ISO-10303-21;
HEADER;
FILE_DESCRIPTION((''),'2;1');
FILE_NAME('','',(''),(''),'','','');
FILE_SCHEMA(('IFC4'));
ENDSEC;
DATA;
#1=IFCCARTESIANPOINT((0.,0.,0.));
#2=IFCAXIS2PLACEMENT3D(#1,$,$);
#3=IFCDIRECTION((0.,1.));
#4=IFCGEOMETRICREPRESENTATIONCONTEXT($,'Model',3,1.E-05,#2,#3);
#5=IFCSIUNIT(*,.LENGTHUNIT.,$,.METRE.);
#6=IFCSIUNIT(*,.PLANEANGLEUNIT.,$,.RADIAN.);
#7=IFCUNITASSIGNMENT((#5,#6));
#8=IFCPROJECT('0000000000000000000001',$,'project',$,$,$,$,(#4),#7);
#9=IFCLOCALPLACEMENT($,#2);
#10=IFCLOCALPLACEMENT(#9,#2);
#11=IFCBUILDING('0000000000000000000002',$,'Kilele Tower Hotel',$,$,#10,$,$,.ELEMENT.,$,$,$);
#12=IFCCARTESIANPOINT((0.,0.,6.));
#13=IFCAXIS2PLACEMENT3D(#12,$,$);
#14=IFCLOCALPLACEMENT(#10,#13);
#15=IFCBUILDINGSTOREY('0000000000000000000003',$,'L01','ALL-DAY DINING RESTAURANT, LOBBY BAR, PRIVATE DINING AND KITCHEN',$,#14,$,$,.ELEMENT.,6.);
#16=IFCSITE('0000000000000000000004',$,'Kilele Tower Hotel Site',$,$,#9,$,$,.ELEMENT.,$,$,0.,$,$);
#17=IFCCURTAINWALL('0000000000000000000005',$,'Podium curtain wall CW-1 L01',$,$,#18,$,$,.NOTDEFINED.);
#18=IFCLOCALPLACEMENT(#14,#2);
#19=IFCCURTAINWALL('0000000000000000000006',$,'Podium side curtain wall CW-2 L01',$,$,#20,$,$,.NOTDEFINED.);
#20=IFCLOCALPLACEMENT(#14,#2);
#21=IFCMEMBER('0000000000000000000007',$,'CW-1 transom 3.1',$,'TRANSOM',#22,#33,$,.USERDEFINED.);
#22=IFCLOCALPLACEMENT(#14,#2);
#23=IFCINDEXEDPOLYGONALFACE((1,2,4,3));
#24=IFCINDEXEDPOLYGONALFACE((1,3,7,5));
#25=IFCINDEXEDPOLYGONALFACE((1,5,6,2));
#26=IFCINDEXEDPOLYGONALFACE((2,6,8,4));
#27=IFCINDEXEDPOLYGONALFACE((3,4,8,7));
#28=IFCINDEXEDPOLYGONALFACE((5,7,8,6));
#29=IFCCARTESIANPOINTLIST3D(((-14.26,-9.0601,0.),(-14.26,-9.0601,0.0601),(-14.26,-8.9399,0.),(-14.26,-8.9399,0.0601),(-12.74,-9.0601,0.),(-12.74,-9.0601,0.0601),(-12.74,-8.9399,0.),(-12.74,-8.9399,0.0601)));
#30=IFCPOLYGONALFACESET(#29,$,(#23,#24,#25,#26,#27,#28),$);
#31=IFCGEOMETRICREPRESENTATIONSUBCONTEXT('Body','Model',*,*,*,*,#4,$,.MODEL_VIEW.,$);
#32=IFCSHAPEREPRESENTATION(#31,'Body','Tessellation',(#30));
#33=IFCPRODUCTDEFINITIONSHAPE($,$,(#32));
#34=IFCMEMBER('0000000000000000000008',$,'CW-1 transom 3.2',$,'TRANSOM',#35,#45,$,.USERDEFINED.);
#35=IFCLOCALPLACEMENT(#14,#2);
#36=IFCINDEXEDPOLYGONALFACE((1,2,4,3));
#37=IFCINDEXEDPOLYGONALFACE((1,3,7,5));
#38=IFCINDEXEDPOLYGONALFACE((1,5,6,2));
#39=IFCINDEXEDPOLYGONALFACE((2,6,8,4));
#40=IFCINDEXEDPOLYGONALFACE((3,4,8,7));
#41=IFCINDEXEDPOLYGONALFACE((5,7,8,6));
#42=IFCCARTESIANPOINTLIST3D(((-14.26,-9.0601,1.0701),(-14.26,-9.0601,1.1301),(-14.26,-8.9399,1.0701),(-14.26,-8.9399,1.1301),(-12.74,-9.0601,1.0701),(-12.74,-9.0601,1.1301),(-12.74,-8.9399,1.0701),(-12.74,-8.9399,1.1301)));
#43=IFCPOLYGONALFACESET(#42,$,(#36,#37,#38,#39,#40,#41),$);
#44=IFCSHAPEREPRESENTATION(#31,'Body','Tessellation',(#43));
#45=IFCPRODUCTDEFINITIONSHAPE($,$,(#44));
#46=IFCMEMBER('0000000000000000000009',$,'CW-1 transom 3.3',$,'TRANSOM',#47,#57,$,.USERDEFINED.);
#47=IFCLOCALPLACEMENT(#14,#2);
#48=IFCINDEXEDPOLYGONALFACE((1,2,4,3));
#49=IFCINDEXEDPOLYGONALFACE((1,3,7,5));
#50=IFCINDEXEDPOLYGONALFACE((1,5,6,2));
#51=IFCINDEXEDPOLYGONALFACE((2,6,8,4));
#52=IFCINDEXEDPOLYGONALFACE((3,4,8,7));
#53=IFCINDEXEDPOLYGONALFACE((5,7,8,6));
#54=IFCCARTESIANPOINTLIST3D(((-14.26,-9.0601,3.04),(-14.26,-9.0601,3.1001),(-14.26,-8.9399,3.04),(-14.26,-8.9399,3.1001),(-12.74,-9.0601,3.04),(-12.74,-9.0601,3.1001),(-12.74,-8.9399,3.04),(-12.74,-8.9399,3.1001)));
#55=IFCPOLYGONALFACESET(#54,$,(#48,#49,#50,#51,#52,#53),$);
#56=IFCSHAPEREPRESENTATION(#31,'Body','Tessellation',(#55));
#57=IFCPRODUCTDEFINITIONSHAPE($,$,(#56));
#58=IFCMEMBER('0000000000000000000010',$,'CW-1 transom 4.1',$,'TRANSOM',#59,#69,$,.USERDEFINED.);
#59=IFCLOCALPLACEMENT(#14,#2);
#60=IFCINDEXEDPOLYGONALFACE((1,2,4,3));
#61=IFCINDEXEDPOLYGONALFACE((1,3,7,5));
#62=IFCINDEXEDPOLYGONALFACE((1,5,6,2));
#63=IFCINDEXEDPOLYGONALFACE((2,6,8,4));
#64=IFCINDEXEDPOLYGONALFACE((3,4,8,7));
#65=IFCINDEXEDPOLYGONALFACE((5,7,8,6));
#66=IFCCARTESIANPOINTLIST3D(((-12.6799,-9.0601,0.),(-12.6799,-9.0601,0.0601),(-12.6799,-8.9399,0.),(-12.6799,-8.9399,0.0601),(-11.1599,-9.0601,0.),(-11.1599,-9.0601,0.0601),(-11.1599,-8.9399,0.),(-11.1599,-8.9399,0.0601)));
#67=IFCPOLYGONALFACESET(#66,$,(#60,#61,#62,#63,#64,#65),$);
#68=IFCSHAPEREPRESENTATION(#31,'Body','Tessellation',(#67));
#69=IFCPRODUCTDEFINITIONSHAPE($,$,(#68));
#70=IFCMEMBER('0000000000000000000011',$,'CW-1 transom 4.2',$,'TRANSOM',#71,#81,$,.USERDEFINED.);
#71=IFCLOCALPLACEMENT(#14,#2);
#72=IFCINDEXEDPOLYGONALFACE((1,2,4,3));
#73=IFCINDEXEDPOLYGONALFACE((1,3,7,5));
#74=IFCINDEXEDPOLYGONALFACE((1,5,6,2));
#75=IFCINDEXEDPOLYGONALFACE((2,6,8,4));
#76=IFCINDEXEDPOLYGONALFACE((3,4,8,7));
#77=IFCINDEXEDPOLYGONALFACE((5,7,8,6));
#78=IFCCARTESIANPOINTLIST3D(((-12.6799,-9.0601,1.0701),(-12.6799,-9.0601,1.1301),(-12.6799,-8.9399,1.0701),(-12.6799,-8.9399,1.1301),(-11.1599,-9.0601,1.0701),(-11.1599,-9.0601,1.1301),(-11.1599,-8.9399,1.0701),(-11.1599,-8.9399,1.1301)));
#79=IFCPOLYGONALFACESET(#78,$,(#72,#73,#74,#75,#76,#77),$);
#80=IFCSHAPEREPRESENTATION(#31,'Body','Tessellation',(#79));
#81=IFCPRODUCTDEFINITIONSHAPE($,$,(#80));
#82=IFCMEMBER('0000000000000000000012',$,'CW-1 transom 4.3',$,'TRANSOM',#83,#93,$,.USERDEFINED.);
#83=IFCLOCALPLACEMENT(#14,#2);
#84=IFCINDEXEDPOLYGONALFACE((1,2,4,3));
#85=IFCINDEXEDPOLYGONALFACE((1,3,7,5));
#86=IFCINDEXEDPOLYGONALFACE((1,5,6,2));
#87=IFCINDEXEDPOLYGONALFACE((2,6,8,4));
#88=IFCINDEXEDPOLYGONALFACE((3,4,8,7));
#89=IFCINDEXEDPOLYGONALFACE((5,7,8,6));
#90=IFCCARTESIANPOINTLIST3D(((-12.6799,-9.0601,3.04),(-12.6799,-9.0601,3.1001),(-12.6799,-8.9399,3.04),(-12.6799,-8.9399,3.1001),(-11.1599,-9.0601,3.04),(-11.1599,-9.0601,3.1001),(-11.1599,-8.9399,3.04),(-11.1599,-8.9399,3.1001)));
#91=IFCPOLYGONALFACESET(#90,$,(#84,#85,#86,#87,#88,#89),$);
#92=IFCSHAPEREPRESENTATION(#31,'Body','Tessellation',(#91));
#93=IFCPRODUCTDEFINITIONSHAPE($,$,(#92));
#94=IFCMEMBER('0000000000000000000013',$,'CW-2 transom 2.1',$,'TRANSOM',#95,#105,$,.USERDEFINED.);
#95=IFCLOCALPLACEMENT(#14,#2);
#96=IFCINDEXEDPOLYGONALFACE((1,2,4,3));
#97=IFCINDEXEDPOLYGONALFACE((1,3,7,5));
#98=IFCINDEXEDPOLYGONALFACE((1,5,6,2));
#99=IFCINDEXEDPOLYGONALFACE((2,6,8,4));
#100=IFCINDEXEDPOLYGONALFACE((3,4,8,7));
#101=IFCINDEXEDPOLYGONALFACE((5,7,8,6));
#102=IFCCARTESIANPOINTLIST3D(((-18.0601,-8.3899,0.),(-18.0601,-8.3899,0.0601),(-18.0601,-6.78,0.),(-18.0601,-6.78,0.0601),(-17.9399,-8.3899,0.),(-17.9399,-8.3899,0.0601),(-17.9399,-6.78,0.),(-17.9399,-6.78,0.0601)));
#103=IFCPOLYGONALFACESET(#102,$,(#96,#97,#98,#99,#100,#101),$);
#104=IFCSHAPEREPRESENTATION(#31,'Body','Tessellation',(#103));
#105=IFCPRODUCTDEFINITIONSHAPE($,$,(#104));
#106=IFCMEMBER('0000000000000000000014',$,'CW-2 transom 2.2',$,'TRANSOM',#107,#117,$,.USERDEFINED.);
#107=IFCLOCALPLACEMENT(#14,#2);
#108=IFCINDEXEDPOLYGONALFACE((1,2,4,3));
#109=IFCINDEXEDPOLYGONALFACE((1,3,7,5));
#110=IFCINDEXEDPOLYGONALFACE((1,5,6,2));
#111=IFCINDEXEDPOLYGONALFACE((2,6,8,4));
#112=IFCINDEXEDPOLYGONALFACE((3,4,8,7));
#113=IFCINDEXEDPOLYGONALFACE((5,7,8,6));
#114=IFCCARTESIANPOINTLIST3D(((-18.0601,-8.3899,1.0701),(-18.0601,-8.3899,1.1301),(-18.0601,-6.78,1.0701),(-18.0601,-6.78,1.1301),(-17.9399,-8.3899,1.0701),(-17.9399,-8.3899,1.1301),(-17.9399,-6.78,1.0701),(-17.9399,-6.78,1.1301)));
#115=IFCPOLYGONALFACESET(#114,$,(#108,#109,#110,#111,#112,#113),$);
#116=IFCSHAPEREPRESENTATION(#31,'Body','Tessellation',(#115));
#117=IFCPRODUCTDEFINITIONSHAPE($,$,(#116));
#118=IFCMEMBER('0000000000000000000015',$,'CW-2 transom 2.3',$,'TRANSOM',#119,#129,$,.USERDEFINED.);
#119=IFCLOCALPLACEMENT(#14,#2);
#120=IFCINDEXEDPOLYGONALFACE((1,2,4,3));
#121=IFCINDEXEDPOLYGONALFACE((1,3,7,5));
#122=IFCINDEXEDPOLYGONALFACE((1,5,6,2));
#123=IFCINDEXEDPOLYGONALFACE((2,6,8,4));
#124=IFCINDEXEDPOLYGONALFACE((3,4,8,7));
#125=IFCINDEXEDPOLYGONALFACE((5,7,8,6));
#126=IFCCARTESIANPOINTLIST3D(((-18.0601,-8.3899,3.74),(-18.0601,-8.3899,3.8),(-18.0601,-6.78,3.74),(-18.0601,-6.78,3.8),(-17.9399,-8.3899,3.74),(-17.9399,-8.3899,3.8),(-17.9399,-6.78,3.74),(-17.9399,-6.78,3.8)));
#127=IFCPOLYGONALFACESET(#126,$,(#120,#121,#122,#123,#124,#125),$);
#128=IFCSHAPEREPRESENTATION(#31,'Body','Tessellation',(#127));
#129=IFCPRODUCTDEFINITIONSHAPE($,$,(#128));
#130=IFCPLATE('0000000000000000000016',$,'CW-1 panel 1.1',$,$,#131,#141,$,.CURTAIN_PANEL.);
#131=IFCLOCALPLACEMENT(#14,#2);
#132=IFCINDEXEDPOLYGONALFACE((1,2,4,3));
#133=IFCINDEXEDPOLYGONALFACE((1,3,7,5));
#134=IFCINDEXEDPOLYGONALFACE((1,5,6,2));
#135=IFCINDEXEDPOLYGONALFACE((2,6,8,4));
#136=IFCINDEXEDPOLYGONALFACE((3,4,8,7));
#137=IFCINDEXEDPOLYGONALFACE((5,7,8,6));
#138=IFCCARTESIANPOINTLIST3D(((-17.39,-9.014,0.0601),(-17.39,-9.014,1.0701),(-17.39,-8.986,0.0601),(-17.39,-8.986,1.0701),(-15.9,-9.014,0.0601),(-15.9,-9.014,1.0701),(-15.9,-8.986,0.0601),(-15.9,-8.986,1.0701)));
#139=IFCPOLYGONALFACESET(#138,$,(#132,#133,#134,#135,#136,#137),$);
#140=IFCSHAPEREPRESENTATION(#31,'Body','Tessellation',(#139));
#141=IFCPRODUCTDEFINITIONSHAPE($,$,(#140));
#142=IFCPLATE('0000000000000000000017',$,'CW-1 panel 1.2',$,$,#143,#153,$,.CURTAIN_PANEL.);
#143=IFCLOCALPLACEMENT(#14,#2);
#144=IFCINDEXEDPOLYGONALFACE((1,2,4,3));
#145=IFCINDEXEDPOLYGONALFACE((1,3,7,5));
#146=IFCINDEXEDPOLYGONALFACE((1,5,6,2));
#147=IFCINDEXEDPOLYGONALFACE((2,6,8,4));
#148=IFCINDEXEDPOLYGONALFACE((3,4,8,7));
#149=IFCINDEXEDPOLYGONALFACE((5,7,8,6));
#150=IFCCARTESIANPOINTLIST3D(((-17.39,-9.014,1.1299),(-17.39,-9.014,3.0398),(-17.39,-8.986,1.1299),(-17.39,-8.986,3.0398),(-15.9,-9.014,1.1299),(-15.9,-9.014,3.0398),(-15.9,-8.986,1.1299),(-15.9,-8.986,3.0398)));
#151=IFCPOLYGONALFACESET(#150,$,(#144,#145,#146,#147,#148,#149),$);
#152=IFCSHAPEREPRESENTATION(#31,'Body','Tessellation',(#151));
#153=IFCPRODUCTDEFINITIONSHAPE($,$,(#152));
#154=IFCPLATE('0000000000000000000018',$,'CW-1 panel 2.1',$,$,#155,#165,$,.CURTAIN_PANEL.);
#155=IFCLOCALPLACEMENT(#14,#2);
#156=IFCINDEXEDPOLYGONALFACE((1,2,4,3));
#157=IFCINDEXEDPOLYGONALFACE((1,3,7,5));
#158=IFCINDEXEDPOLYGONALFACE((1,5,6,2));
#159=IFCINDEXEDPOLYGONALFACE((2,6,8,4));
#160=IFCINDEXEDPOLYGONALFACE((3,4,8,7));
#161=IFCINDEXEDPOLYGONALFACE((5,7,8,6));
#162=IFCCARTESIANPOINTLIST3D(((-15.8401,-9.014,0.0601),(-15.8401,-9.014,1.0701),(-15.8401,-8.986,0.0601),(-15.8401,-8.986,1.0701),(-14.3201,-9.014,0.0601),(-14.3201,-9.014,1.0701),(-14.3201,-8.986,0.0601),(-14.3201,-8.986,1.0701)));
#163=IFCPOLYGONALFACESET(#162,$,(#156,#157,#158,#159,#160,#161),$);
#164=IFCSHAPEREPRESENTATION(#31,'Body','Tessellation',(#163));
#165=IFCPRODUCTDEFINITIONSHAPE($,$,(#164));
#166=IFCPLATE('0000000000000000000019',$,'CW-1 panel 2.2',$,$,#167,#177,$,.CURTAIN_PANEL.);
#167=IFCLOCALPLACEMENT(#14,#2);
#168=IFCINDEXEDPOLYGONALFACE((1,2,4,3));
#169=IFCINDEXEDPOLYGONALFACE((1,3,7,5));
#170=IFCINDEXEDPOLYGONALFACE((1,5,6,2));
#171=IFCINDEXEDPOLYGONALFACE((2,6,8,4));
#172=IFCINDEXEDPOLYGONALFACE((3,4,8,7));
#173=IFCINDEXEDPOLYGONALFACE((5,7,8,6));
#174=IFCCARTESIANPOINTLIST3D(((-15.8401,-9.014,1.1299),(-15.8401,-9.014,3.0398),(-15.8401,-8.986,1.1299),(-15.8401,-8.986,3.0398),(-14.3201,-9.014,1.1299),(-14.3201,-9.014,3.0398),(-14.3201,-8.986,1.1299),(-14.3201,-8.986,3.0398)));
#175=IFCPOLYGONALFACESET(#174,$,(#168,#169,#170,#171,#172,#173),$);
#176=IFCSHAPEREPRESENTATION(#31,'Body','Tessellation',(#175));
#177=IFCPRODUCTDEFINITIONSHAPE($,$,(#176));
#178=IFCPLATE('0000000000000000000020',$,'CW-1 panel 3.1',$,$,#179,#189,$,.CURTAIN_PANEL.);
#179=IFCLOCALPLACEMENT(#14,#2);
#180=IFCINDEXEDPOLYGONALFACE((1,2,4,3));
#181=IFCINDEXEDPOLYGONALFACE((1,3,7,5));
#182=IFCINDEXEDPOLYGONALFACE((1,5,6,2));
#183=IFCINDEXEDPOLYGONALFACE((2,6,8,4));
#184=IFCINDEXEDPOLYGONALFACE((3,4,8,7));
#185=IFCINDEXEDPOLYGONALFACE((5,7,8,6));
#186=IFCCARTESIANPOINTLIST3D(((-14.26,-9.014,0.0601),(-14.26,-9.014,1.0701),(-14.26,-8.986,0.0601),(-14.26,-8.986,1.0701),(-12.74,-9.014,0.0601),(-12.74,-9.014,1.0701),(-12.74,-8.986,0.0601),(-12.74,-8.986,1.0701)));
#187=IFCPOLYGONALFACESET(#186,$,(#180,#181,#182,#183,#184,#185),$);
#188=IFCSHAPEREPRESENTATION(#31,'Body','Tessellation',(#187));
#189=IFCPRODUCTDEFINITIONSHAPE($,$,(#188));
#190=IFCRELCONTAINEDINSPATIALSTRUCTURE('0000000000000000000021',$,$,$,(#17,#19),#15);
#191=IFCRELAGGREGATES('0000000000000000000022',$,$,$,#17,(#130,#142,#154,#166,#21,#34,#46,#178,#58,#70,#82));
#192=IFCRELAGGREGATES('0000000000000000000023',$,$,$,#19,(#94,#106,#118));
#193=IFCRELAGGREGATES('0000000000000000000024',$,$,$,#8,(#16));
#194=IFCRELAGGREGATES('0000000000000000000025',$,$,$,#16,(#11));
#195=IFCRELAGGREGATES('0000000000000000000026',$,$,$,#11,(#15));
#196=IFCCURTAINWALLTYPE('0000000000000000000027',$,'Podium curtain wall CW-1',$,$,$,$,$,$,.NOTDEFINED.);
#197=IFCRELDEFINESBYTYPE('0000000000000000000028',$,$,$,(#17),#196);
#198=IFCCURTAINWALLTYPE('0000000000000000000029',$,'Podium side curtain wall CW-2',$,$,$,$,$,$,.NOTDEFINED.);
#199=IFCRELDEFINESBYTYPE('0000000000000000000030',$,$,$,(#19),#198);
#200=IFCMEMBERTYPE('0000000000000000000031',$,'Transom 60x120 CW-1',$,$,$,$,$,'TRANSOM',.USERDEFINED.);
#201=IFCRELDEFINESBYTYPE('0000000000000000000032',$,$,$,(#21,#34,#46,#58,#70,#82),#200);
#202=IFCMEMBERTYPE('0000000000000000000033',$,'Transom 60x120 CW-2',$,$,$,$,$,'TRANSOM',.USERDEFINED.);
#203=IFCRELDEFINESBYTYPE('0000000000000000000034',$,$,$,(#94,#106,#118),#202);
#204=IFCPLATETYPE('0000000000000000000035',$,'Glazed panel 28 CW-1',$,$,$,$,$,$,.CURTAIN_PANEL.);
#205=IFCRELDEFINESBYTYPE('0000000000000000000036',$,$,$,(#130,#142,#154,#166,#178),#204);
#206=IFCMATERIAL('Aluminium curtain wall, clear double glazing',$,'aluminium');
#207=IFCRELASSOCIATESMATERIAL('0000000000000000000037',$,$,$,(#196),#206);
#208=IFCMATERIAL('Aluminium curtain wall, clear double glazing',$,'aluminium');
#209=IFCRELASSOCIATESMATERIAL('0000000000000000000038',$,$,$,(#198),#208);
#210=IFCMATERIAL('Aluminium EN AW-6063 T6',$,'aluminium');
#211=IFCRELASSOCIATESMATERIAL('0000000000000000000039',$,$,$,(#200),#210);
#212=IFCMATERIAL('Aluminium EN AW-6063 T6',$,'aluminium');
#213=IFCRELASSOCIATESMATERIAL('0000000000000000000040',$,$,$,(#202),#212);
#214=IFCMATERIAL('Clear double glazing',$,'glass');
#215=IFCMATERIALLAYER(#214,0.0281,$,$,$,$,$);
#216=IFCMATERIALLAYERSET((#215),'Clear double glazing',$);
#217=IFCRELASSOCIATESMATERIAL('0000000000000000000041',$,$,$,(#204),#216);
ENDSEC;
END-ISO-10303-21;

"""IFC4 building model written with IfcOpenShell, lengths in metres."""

from ifc_helpers import new_model, si_unit, direction, frame, origin, origin_2d, place, context, subcontext, project, spatial, rectangle, extrude, material, layer, layer_set, material_profile, profile_set, type_object, element, aggregate, save


model = new_model("IFC4")

# Units and contexts
model_context = context("Model", 3, precision=1e-05, world=origin(), true_north=direction((0.0, 1.0)))
body_context = subcontext(model_context, "Body", "Model", "MODEL_VIEW")
ifc_project = project(units=[si_unit("LENGTHUNIT", "METRE"), si_unit("PLANEANGLEUNIT", "RADIAN")], contexts=[model_context])

# Site, building, storey
site_placement = place(None, origin())
site = spatial("IfcSite", under=ifc_project, at=site_placement, Name="Kilele Tower Hotel Site", CompositionType="ELEMENT", RefElevation=0.0)
building_placement = place(site_placement, origin())
building = spatial("IfcBuilding", under=site, at=building_placement, Name="Kilele Tower Hotel", CompositionType="ELEMENT")
storey_placement = place(building_placement, frame((0.0, 0.0, 6.0)))
storey = spatial("IfcBuildingStorey", under=building, at=storey_placement, Name="L01", Description="ALL-DAY DINING RESTAURANT, LOBBY BAR, PRIVATE DINING AND KITCHEN", CompositionType="ELEMENT", Elevation=6.0)

# Curtain wall
ifc_material_1 = material(Name="Aluminium curtain wall, clear double glazing", Category="aluminium")
curtain_wall_type_1 = type_object("IfcCurtainWallType", Name="Podium curtain wall CW-1", PredefinedType="NOTDEFINED", material=ifc_material_1)
curtain_wall_1_placement = place(storey_placement, origin())
curtain_wall_1 = element("IfcCurtainWall", 1, at=curtain_wall_1_placement, inside=storey, type_object=curtain_wall_type_1, Name="Podium curtain wall CW-1 L01", PredefinedType="NOTDEFINED")

# Curtain wall
ifc_material_2 = material(Name="Aluminium curtain wall, clear double glazing", Category="aluminium")
curtain_wall_type_2 = type_object("IfcCurtainWallType", Name="Podium side curtain wall CW-2", PredefinedType="NOTDEFINED", material=ifc_material_2)
curtain_wall_2_placement = place(storey_placement, origin())
curtain_wall_2 = element("IfcCurtainWall", 2, at=curtain_wall_2_placement, inside=storey, type_object=curtain_wall_type_2, Name="Podium side curtain wall CW-2 L01", PredefinedType="NOTDEFINED")

# Members
ifc_material_3 = material(Name="Aluminium EN AW-6063 T6", Category="aluminium")
ifc_material_profile_1 = material_profile(ifc_material_3, rectangle(XDim=0.1201, YDim=0.0601, at=origin_2d()))
ifc_profile_set_1 = profile_set([ifc_material_profile_1], Name="Aluminium EN AW-6063 T6")
member_type_1 = type_object("IfcMemberType", Name="Transom 60x120 CW-1", ElementType="TRANSOM", PredefinedType="USERDEFINED", material=ifc_profile_set_1)
member_1_placement = place(storey_placement, frame((-14.26, -9.0, 0.03), z_axis=(1.0, 0.0, 0.0), x_axis=(0.0, 1.0, 0.0)))
member_1 = element("IfcMember", 3, at=member_1_placement, type_object=member_type_1, Name="CW-1 transom 3.1", ObjectType="TRANSOM", PredefinedType="USERDEFINED", context=body_context, shape_type="SweptSolid", body=[
    extrude(rectangle(XDim=0.1201, YDim=0.0601, at=origin_2d()), origin(), (0.0, 0.0, 1.0), 1.52),
])
member_2_placement = place(storey_placement, frame((-14.26, -9.0, 1.1001), z_axis=(1.0, 0.0, 0.0), x_axis=(0.0, 1.0, 0.0)))
member_2 = element("IfcMember", 4, at=member_2_placement, type_object=member_type_1, Name="CW-1 transom 3.2", ObjectType="TRANSOM", PredefinedType="USERDEFINED", context=body_context, shape_type="SweptSolid", body=[
    extrude(rectangle(XDim=0.1201, YDim=0.0601, at=origin_2d()), origin(), (0.0, 0.0, 1.0), 1.52),
])
member_3_placement = place(storey_placement, frame((-14.26, -9.0, 3.0701), z_axis=(1.0, 0.0, 0.0), x_axis=(0.0, 1.0, 0.0)))
member_3 = element("IfcMember", 5, at=member_3_placement, type_object=member_type_1, Name="CW-1 transom 3.3", ObjectType="TRANSOM", PredefinedType="USERDEFINED", context=body_context, shape_type="SweptSolid", body=[
    extrude(rectangle(XDim=0.1201, YDim=0.0601, at=origin_2d()), origin(), (0.0, 0.0, 1.0), 1.52),
])
member_4_placement = place(storey_placement, frame((-12.6799, -9.0, 0.03), z_axis=(1.0, 0.0, 0.0), x_axis=(0.0, 1.0, 0.0)))
member_4 = element("IfcMember", 6, at=member_4_placement, type_object=member_type_1, Name="CW-1 transom 4.1", ObjectType="TRANSOM", PredefinedType="USERDEFINED", context=body_context, shape_type="SweptSolid", body=[
    extrude(rectangle(XDim=0.1201, YDim=0.0601, at=origin_2d()), origin(), (0.0, 0.0, 1.0), 1.52),
])
member_5_placement = place(storey_placement, frame((-12.6799, -9.0, 1.1001), z_axis=(1.0, 0.0, 0.0), x_axis=(0.0, 1.0, 0.0)))
member_5 = element("IfcMember", 7, at=member_5_placement, type_object=member_type_1, Name="CW-1 transom 4.2", ObjectType="TRANSOM", PredefinedType="USERDEFINED", context=body_context, shape_type="SweptSolid", body=[
    extrude(rectangle(XDim=0.1201, YDim=0.0601, at=origin_2d()), origin(), (0.0, 0.0, 1.0), 1.52),
])
member_6_placement = place(storey_placement, frame((-12.6799, -9.0, 3.0701), z_axis=(1.0, 0.0, 0.0), x_axis=(0.0, 1.0, 0.0)))
member_6 = element("IfcMember", 8, at=member_6_placement, type_object=member_type_1, Name="CW-1 transom 4.3", ObjectType="TRANSOM", PredefinedType="USERDEFINED", context=body_context, shape_type="SweptSolid", body=[
    extrude(rectangle(XDim=0.1201, YDim=0.0601, at=origin_2d()), origin(), (0.0, 0.0, 1.0), 1.52),
])
ifc_material_4 = material(Name="Aluminium EN AW-6063 T6", Category="aluminium")
ifc_material_profile_2 = material_profile(ifc_material_4, rectangle(XDim=0.1201, YDim=0.0601, at=origin_2d()))
ifc_profile_set_2 = profile_set([ifc_material_profile_2], Name="Aluminium EN AW-6063 T6")
member_type_2 = type_object("IfcMemberType", Name="Transom 60x120 CW-2", ElementType="TRANSOM", PredefinedType="USERDEFINED", material=ifc_profile_set_2)
member_7_placement = place(storey_placement, frame((-18.0, -6.78, 0.03), z_axis=(0.0, -1.0, 0.0), x_axis=(1.0, 0.0, 0.0)))
member_7 = element("IfcMember", 9, at=member_7_placement, type_object=member_type_2, Name="CW-2 transom 2.1", ObjectType="TRANSOM", PredefinedType="USERDEFINED", context=body_context, shape_type="SweptSolid", body=[
    extrude(rectangle(XDim=0.1201, YDim=0.0601, at=origin_2d()), origin(), (0.0, 0.0, 1.0), 1.6099),
])
member_8_placement = place(storey_placement, frame((-18.0, -6.78, 1.1001), z_axis=(0.0, -1.0, 0.0), x_axis=(1.0, 0.0, 0.0)))
member_8 = element("IfcMember", 10, at=member_8_placement, type_object=member_type_2, Name="CW-2 transom 2.2", ObjectType="TRANSOM", PredefinedType="USERDEFINED", context=body_context, shape_type="SweptSolid", body=[
    extrude(rectangle(XDim=0.1201, YDim=0.0601, at=origin_2d()), origin(), (0.0, 0.0, 1.0), 1.6099),
])
member_9_placement = place(storey_placement, frame((-18.0, -6.78, 3.77), z_axis=(0.0, -1.0, 0.0), x_axis=(1.0, 0.0, 0.0)))
member_9 = element("IfcMember", 11, at=member_9_placement, type_object=member_type_2, Name="CW-2 transom 2.3", ObjectType="TRANSOM", PredefinedType="USERDEFINED", context=body_context, shape_type="SweptSolid", body=[
    extrude(rectangle(XDim=0.1201, YDim=0.0601, at=origin_2d()), origin(), (0.0, 0.0, 1.0), 1.6099),
])

# Plates
ifc_material_5 = material(Name="Clear double glazing", Category="glass")
ifc_layer_1 = layer(ifc_material_5, 0.0281)
ifc_layer_set_1 = layer_set([ifc_layer_1], Name="Clear double glazing")
plate_type_1 = type_object("IfcPlateType", Name="Glazed panel 28 CW-1", PredefinedType="CURTAIN_PANEL", material=ifc_layer_set_1)
plate_1_placement = place(storey_placement, frame((-16.645, -9.0, 0.0601), z_axis=(0.0, 0.0, 1.0), x_axis=(1.0, 0.0, 0.0)))
plate_1 = element("IfcPlate", 12, at=plate_1_placement, type_object=plate_type_1, Name="CW-1 panel 1.1", PredefinedType="CURTAIN_PANEL", context=body_context, shape_type="SweptSolid", body=[
    extrude(rectangle(XDim=1.49, YDim=0.0281, at=origin_2d()), origin(), (0.0, 0.0, 1.0), 1.01),
])
plate_2_placement = place(storey_placement, frame((-16.645, -9.0, 1.1299), z_axis=(0.0, 0.0, 1.0), x_axis=(1.0, 0.0, 0.0)))
plate_2 = element("IfcPlate", 13, at=plate_2_placement, type_object=plate_type_1, Name="CW-1 panel 1.2", PredefinedType="CURTAIN_PANEL", context=body_context, shape_type="SweptSolid", body=[
    extrude(rectangle(XDim=1.49, YDim=0.0281, at=origin_2d()), origin(), (0.0, 0.0, 1.0), 1.9099),
])
plate_3_placement = place(storey_placement, frame((-15.0801, -9.0, 0.0601), z_axis=(0.0, 0.0, 1.0), x_axis=(1.0, 0.0, 0.0)))
plate_3 = element("IfcPlate", 14, at=plate_3_placement, type_object=plate_type_1, Name="CW-1 panel 2.1", PredefinedType="CURTAIN_PANEL", context=body_context, shape_type="SweptSolid", body=[
    extrude(rectangle(XDim=1.52, YDim=0.0281, at=origin_2d()), origin(), (0.0, 0.0, 1.0), 1.01),
])
plate_4_placement = place(storey_placement, frame((-15.0801, -9.0, 1.1299), z_axis=(0.0, 0.0, 1.0), x_axis=(1.0, 0.0, 0.0)))
plate_4 = element("IfcPlate", 15, at=plate_4_placement, type_object=plate_type_1, Name="CW-1 panel 2.2", PredefinedType="CURTAIN_PANEL", context=body_context, shape_type="SweptSolid", body=[
    extrude(rectangle(XDim=1.52, YDim=0.0281, at=origin_2d()), origin(), (0.0, 0.0, 1.0), 1.9099),
])
plate_5_placement = place(storey_placement, frame((-13.5, -9.0, 0.0601), z_axis=(0.0, 0.0, 1.0), x_axis=(1.0, 0.0, 0.0)))
plate_5 = element("IfcPlate", 16, at=plate_5_placement, type_object=plate_type_1, Name="CW-1 panel 3.1", PredefinedType="CURTAIN_PANEL", context=body_context, shape_type="SweptSolid", body=[
    extrude(rectangle(XDim=1.52, YDim=0.0281, at=origin_2d()), origin(), (0.0, 0.0, 1.0), 1.01),
])
aggregate(curtain_wall_1, [plate_1, plate_2, plate_3, plate_4, member_1, member_2, member_3, plate_5, member_4, member_5, member_6])
aggregate(curtain_wall_2, [member_7, member_8, member_9])

save(model, "model.ifc")
